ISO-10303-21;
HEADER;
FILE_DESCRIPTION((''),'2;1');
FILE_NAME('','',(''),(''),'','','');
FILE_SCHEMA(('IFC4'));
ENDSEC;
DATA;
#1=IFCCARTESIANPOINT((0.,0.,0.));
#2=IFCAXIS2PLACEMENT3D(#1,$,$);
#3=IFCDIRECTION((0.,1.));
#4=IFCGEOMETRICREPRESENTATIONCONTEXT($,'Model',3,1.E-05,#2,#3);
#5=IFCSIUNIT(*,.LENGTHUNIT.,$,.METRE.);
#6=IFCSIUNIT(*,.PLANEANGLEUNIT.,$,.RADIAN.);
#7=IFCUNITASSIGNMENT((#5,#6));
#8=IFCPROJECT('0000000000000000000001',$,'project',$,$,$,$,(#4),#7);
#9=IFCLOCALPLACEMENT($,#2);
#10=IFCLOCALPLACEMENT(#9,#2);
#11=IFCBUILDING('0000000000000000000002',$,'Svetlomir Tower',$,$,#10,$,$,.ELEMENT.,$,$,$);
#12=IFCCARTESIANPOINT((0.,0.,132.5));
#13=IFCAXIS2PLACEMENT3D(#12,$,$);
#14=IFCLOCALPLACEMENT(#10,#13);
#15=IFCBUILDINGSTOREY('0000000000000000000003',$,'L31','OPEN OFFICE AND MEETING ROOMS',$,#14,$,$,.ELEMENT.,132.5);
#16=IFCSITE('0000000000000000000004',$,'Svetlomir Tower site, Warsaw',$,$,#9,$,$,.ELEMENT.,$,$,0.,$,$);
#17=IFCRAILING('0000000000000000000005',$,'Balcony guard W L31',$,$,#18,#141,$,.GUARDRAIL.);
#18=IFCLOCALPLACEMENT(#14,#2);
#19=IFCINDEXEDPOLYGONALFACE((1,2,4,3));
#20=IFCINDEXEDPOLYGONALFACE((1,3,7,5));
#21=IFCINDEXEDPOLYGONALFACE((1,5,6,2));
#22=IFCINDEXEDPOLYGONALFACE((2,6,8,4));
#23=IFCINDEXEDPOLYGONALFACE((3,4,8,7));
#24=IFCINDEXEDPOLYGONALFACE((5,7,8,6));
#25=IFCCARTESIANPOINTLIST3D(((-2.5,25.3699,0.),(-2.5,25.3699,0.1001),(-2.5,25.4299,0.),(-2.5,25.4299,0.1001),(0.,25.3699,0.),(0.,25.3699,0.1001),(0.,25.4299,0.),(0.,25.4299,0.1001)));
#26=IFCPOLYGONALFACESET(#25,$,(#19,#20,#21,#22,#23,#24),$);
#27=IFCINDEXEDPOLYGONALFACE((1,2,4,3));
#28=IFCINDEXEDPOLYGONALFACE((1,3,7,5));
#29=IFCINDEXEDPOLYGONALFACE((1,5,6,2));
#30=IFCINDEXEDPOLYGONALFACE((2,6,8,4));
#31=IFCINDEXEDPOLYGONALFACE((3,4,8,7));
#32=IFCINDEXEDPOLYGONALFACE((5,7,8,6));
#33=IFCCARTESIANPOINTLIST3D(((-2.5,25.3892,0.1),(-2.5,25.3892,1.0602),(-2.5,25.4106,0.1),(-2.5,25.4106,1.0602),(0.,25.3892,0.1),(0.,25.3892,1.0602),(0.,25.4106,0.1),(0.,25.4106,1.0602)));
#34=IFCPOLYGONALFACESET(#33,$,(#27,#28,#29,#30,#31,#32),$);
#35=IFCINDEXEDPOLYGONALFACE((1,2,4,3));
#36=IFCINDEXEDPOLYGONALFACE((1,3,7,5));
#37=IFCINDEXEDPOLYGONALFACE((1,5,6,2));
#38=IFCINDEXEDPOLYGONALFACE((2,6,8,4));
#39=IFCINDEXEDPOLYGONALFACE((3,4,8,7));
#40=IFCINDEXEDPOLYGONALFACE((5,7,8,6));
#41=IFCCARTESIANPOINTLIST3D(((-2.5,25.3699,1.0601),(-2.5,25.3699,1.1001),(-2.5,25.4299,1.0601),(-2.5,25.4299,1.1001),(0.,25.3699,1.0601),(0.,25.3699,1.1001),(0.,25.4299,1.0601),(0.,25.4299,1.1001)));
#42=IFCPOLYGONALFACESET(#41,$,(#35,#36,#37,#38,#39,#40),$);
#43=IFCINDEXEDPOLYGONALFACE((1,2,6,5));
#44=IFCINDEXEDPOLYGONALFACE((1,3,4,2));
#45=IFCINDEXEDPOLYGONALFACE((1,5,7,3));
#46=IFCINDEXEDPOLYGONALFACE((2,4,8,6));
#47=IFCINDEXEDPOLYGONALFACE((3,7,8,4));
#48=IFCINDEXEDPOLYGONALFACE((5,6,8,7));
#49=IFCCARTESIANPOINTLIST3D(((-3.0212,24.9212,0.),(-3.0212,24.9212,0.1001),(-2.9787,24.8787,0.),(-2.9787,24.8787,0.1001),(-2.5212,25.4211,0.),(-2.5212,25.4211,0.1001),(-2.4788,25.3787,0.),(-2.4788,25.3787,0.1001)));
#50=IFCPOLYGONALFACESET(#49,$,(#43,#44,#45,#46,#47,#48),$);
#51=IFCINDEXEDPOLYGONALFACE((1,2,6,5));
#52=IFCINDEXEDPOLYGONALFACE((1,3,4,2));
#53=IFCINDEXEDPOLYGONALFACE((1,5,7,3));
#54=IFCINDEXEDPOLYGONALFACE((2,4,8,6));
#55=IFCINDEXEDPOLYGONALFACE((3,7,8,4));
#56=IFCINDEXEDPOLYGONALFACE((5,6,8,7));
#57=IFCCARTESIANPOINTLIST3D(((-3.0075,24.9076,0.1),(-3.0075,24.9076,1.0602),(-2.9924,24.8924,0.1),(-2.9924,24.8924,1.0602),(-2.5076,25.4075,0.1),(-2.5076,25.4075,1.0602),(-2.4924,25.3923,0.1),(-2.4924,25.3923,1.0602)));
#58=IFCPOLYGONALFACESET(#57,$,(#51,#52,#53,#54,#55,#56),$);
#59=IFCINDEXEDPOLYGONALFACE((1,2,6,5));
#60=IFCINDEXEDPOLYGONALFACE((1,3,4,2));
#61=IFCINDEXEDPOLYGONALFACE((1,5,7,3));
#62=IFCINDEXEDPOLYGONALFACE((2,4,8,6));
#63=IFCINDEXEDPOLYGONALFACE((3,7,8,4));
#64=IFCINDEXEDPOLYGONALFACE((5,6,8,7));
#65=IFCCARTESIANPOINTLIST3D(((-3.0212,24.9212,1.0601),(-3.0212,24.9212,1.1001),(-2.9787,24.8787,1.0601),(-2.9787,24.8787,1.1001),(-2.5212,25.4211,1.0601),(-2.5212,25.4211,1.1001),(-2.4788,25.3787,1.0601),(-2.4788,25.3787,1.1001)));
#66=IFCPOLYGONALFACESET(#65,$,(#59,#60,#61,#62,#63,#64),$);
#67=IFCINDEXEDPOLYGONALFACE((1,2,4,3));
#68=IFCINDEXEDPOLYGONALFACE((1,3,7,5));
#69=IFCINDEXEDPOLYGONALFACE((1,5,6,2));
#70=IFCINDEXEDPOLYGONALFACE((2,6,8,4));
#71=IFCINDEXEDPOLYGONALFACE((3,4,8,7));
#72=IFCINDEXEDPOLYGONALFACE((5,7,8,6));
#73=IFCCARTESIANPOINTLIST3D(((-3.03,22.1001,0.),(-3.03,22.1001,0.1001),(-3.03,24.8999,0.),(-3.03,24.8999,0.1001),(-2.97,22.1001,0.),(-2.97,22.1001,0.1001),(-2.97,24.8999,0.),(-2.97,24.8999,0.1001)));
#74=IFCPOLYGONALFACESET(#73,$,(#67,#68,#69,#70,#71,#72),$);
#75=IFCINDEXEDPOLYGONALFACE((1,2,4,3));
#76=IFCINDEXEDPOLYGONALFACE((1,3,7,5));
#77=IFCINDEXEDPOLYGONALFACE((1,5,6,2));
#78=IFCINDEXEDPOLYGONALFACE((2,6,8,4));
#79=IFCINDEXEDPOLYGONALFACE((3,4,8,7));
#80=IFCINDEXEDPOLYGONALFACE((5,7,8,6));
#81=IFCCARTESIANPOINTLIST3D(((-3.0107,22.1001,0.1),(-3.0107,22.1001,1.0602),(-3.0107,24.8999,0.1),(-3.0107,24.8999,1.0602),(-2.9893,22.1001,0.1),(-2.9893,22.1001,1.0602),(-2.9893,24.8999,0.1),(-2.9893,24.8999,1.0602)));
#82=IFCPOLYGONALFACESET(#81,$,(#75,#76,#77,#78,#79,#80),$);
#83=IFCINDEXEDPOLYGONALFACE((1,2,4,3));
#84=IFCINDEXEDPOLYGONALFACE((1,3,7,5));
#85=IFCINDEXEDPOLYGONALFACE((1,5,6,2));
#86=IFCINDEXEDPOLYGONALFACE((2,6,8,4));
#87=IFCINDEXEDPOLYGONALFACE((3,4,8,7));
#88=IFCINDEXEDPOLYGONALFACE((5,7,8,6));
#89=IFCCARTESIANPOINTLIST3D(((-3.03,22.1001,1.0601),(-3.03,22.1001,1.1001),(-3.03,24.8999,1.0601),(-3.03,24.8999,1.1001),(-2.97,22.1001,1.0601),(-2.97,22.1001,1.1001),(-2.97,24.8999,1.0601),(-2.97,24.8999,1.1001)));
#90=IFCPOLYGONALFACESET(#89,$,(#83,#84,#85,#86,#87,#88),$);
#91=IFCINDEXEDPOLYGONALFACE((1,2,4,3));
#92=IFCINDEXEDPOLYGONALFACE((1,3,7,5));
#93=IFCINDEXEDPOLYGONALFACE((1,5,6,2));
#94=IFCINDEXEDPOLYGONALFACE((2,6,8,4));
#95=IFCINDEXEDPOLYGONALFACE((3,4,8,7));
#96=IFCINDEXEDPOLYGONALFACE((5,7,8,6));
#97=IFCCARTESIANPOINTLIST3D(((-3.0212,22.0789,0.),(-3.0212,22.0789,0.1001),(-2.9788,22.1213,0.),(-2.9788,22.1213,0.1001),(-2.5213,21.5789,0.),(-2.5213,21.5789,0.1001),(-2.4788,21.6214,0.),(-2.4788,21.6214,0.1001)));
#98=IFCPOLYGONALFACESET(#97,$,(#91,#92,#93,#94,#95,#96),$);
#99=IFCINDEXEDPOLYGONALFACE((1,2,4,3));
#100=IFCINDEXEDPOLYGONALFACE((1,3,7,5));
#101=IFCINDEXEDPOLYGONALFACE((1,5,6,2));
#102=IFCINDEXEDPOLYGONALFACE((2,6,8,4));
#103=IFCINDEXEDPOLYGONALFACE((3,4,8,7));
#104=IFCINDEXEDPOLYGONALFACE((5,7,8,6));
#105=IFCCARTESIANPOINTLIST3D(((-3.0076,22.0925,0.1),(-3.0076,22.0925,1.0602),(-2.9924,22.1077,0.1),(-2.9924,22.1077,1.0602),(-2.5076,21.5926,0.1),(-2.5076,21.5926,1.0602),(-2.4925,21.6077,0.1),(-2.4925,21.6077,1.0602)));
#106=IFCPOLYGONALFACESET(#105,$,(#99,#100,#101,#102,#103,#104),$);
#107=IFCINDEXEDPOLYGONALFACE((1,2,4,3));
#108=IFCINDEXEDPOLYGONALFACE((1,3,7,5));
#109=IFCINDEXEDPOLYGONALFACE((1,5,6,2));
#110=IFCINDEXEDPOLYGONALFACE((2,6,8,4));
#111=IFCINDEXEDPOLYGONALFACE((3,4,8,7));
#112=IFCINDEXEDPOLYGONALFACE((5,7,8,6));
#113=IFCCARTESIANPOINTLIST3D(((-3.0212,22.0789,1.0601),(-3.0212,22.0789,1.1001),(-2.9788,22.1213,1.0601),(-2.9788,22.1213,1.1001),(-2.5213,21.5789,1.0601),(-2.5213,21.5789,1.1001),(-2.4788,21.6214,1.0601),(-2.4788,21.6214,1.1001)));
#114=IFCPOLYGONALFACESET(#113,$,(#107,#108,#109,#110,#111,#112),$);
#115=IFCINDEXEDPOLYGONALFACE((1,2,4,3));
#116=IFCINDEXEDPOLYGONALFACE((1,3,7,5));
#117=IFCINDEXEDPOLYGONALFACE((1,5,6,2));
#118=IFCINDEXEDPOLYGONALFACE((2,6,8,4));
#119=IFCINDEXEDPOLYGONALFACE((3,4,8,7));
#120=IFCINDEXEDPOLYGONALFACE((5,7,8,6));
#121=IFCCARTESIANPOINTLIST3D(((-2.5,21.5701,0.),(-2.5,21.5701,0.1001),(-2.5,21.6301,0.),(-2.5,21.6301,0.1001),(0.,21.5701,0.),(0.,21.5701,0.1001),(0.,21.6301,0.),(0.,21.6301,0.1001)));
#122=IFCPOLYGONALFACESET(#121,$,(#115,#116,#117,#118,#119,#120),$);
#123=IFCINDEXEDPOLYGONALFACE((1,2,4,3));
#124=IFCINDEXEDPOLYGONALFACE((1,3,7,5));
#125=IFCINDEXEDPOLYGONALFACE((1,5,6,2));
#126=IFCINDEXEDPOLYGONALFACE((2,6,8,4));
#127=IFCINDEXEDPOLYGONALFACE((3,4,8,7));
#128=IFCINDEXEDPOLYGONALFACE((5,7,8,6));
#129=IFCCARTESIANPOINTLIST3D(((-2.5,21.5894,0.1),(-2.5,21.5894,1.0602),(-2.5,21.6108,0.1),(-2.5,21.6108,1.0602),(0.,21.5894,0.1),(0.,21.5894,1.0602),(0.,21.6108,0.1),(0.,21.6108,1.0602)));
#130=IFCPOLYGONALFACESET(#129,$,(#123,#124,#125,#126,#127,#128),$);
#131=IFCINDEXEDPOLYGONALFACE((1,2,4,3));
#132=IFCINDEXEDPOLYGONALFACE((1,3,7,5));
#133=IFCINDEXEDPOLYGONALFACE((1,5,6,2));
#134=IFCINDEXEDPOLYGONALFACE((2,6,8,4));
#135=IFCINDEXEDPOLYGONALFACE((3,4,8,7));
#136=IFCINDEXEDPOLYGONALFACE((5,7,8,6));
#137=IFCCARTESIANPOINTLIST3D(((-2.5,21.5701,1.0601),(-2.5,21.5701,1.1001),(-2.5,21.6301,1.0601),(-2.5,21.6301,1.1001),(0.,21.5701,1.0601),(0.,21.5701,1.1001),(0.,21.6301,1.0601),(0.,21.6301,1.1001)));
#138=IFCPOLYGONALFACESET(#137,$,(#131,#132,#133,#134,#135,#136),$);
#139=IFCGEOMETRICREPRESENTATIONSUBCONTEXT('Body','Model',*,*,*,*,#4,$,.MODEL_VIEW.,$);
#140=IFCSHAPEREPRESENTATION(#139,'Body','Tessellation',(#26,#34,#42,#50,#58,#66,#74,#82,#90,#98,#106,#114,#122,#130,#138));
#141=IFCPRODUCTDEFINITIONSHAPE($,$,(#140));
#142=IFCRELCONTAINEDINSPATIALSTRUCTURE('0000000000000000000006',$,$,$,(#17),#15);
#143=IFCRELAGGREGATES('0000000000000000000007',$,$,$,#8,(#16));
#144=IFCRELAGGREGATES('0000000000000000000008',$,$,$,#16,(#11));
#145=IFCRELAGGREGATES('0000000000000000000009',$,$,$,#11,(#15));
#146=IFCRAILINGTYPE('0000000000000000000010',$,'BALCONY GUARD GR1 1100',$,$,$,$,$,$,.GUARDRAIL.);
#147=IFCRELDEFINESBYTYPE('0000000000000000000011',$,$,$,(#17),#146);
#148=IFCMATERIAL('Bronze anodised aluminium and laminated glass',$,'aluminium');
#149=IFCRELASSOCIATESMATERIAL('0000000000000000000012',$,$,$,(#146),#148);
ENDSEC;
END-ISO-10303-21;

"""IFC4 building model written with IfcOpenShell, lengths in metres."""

from ifc_helpers import new_model, si_unit, direction, frame, origin, origin_2d, place, context, subcontext, project, spatial, rectangle, extrude, material, type_object, element, save


model = new_model("IFC4")

# Units and contexts
model_context = context("Model", 3, precision=1e-05, world=origin(), true_north=direction((0.0, 1.0)))
body_context = subcontext(model_context, "Body", "Model", "MODEL_VIEW")
ifc_project = project(units=[si_unit("LENGTHUNIT", "METRE"), si_unit("PLANEANGLEUNIT", "RADIAN")], contexts=[model_context])

# Site, building, storey
site_placement = place(None, origin())
site = spatial("IfcSite", under=ifc_project, at=site_placement, Name="Svetlomir Tower site, Warsaw", CompositionType="ELEMENT", RefElevation=0.0)
building_placement = place(site_placement, origin())
building = spatial("IfcBuilding", under=site, at=building_placement, Name="Svetlomir Tower", CompositionType="ELEMENT")
storey_placement = place(building_placement, frame((0.0, 0.0, 132.5)))
storey = spatial("IfcBuildingStorey", under=building, at=storey_placement, Name="L31", Description="OPEN OFFICE AND MEETING ROOMS", CompositionType="ELEMENT", Elevation=132.5)

# Railing
ifc_material_1 = material(Name="Bronze anodised aluminium and laminated glass", Category="aluminium")
railing_type_1 = type_object("IfcRailingType", Name="BALCONY GUARD GR1 1100", PredefinedType="GUARDRAIL", material=ifc_material_1)
railing_1_placement = place(storey_placement, frame((0.0, 25.3999, 0.0)))
element("IfcRailing", 1, at=railing_1_placement, inside=storey, type_object=railing_type_1, Name="Balcony guard W L31", PredefinedType="GUARDRAIL", context=body_context, shape_type="SweptSolid", body=[
    extrude(rectangle(XDim=0.0601, YDim=0.1001, at=origin_2d()), frame((0.0, 0.0, 0.05), z_axis=(-1.0, 0.0, 0.0), x_axis=(0.0, -1.0, 0.0)), (0.0, 0.0, 1.0), 2.5),
    extrude(rectangle(XDim=0.0215, YDim=0.9602, at=origin_2d()), frame((0.0, 0.0, 0.5801), z_axis=(-1.0, 0.0, 0.0), x_axis=(0.0, -1.0, 0.0)), (0.0, 0.0, 1.0), 2.5),
    extrude(rectangle(XDim=0.0601, YDim=0.04, at=origin_2d()), frame((0.0, 0.0, 1.0801), z_axis=(-1.0, 0.0, 0.0), x_axis=(0.0, -1.0, 0.0)), (0.0, 0.0, 1.0), 2.5),
    extrude(rectangle(XDim=0.0601, YDim=0.1001, at=origin_2d()), frame((-2.5, 0.0, 0.05), z_axis=(-0.707107, -0.707107, 0.0), x_axis=(0.707107, -0.707107, 0.0)), (0.0, 0.0, 1.0), 0.707),
    extrude(rectangle(XDim=0.0215, YDim=0.9602, at=origin_2d()), frame((-2.5, 0.0, 0.5801), z_axis=(-0.707107, -0.707107, 0.0), x_axis=(0.707107, -0.707107, 0.0)), (0.0, 0.0, 1.0), 0.707),
    extrude(rectangle(XDim=0.0601, YDim=0.04, at=origin_2d()), frame((-2.5, 0.0, 1.0801), z_axis=(-0.707107, -0.707107, 0.0), x_axis=(0.707107, -0.707107, 0.0)), (0.0, 0.0, 1.0), 0.707),
    extrude(rectangle(XDim=0.0601, YDim=0.1001, at=origin_2d()), frame((-3.0, -0.5, 0.05), z_axis=(0.0, -1.0, 0.0), x_axis=(1.0, 0.0, 0.0)), (0.0, 0.0, 1.0), 2.7998),
    extrude(rectangle(XDim=0.0215, YDim=0.9602, at=origin_2d()), frame((-3.0, -0.5, 0.5801), z_axis=(0.0, -1.0, 0.0), x_axis=(1.0, 0.0, 0.0)), (0.0, 0.0, 1.0), 2.7998),
    extrude(rectangle(XDim=0.0601, YDim=0.04, at=origin_2d()), frame((-3.0, -0.5, 1.0801), z_axis=(0.0, -1.0, 0.0), x_axis=(1.0, 0.0, 0.0)), (0.0, 0.0, 1.0), 2.7998),
    extrude(rectangle(XDim=0.0601, YDim=0.1001, at=origin_2d()), frame((-3.0, -3.2998, 0.05), z_axis=(0.707107, -0.707107, 0.0), x_axis=(0.707107, 0.707107, 0.0)), (0.0, 0.0, 1.0), 0.707),
    extrude(rectangle(XDim=0.0215, YDim=0.9602, at=origin_2d()), frame((-3.0, -3.2998, 0.5801), z_axis=(0.707107, -0.707107, 0.0), x_axis=(0.707107, 0.707107, 0.0)), (0.0, 0.0, 1.0), 0.707),
    extrude(rectangle(XDim=0.0601, YDim=0.04, at=origin_2d()), frame((-3.0, -3.2998, 1.0801), z_axis=(0.707107, -0.707107, 0.0), x_axis=(0.707107, 0.707107, 0.0)), (0.0, 0.0, 1.0), 0.707),
    extrude(rectangle(XDim=0.0601, YDim=0.1001, at=origin_2d()), frame((-2.5, -3.7998, 0.05), z_axis=(1.0, 0.0, 0.0), x_axis=(0.0, 1.0, 0.0)), (0.0, 0.0, 1.0), 2.5),
    extrude(rectangle(XDim=0.0215, YDim=0.9602, at=origin_2d()), frame((-2.5, -3.7998, 0.5801), z_axis=(1.0, 0.0, 0.0), x_axis=(0.0, 1.0, 0.0)), (0.0, 0.0, 1.0), 2.5),
    extrude(rectangle(XDim=0.0601, YDim=0.04, at=origin_2d()), frame((-2.5, -3.7998, 1.0801), z_axis=(1.0, 0.0, 0.0), x_axis=(0.0, 1.0, 0.0)), (0.0, 0.0, 1.0), 2.5),
])

save(model, "model.ifc")
